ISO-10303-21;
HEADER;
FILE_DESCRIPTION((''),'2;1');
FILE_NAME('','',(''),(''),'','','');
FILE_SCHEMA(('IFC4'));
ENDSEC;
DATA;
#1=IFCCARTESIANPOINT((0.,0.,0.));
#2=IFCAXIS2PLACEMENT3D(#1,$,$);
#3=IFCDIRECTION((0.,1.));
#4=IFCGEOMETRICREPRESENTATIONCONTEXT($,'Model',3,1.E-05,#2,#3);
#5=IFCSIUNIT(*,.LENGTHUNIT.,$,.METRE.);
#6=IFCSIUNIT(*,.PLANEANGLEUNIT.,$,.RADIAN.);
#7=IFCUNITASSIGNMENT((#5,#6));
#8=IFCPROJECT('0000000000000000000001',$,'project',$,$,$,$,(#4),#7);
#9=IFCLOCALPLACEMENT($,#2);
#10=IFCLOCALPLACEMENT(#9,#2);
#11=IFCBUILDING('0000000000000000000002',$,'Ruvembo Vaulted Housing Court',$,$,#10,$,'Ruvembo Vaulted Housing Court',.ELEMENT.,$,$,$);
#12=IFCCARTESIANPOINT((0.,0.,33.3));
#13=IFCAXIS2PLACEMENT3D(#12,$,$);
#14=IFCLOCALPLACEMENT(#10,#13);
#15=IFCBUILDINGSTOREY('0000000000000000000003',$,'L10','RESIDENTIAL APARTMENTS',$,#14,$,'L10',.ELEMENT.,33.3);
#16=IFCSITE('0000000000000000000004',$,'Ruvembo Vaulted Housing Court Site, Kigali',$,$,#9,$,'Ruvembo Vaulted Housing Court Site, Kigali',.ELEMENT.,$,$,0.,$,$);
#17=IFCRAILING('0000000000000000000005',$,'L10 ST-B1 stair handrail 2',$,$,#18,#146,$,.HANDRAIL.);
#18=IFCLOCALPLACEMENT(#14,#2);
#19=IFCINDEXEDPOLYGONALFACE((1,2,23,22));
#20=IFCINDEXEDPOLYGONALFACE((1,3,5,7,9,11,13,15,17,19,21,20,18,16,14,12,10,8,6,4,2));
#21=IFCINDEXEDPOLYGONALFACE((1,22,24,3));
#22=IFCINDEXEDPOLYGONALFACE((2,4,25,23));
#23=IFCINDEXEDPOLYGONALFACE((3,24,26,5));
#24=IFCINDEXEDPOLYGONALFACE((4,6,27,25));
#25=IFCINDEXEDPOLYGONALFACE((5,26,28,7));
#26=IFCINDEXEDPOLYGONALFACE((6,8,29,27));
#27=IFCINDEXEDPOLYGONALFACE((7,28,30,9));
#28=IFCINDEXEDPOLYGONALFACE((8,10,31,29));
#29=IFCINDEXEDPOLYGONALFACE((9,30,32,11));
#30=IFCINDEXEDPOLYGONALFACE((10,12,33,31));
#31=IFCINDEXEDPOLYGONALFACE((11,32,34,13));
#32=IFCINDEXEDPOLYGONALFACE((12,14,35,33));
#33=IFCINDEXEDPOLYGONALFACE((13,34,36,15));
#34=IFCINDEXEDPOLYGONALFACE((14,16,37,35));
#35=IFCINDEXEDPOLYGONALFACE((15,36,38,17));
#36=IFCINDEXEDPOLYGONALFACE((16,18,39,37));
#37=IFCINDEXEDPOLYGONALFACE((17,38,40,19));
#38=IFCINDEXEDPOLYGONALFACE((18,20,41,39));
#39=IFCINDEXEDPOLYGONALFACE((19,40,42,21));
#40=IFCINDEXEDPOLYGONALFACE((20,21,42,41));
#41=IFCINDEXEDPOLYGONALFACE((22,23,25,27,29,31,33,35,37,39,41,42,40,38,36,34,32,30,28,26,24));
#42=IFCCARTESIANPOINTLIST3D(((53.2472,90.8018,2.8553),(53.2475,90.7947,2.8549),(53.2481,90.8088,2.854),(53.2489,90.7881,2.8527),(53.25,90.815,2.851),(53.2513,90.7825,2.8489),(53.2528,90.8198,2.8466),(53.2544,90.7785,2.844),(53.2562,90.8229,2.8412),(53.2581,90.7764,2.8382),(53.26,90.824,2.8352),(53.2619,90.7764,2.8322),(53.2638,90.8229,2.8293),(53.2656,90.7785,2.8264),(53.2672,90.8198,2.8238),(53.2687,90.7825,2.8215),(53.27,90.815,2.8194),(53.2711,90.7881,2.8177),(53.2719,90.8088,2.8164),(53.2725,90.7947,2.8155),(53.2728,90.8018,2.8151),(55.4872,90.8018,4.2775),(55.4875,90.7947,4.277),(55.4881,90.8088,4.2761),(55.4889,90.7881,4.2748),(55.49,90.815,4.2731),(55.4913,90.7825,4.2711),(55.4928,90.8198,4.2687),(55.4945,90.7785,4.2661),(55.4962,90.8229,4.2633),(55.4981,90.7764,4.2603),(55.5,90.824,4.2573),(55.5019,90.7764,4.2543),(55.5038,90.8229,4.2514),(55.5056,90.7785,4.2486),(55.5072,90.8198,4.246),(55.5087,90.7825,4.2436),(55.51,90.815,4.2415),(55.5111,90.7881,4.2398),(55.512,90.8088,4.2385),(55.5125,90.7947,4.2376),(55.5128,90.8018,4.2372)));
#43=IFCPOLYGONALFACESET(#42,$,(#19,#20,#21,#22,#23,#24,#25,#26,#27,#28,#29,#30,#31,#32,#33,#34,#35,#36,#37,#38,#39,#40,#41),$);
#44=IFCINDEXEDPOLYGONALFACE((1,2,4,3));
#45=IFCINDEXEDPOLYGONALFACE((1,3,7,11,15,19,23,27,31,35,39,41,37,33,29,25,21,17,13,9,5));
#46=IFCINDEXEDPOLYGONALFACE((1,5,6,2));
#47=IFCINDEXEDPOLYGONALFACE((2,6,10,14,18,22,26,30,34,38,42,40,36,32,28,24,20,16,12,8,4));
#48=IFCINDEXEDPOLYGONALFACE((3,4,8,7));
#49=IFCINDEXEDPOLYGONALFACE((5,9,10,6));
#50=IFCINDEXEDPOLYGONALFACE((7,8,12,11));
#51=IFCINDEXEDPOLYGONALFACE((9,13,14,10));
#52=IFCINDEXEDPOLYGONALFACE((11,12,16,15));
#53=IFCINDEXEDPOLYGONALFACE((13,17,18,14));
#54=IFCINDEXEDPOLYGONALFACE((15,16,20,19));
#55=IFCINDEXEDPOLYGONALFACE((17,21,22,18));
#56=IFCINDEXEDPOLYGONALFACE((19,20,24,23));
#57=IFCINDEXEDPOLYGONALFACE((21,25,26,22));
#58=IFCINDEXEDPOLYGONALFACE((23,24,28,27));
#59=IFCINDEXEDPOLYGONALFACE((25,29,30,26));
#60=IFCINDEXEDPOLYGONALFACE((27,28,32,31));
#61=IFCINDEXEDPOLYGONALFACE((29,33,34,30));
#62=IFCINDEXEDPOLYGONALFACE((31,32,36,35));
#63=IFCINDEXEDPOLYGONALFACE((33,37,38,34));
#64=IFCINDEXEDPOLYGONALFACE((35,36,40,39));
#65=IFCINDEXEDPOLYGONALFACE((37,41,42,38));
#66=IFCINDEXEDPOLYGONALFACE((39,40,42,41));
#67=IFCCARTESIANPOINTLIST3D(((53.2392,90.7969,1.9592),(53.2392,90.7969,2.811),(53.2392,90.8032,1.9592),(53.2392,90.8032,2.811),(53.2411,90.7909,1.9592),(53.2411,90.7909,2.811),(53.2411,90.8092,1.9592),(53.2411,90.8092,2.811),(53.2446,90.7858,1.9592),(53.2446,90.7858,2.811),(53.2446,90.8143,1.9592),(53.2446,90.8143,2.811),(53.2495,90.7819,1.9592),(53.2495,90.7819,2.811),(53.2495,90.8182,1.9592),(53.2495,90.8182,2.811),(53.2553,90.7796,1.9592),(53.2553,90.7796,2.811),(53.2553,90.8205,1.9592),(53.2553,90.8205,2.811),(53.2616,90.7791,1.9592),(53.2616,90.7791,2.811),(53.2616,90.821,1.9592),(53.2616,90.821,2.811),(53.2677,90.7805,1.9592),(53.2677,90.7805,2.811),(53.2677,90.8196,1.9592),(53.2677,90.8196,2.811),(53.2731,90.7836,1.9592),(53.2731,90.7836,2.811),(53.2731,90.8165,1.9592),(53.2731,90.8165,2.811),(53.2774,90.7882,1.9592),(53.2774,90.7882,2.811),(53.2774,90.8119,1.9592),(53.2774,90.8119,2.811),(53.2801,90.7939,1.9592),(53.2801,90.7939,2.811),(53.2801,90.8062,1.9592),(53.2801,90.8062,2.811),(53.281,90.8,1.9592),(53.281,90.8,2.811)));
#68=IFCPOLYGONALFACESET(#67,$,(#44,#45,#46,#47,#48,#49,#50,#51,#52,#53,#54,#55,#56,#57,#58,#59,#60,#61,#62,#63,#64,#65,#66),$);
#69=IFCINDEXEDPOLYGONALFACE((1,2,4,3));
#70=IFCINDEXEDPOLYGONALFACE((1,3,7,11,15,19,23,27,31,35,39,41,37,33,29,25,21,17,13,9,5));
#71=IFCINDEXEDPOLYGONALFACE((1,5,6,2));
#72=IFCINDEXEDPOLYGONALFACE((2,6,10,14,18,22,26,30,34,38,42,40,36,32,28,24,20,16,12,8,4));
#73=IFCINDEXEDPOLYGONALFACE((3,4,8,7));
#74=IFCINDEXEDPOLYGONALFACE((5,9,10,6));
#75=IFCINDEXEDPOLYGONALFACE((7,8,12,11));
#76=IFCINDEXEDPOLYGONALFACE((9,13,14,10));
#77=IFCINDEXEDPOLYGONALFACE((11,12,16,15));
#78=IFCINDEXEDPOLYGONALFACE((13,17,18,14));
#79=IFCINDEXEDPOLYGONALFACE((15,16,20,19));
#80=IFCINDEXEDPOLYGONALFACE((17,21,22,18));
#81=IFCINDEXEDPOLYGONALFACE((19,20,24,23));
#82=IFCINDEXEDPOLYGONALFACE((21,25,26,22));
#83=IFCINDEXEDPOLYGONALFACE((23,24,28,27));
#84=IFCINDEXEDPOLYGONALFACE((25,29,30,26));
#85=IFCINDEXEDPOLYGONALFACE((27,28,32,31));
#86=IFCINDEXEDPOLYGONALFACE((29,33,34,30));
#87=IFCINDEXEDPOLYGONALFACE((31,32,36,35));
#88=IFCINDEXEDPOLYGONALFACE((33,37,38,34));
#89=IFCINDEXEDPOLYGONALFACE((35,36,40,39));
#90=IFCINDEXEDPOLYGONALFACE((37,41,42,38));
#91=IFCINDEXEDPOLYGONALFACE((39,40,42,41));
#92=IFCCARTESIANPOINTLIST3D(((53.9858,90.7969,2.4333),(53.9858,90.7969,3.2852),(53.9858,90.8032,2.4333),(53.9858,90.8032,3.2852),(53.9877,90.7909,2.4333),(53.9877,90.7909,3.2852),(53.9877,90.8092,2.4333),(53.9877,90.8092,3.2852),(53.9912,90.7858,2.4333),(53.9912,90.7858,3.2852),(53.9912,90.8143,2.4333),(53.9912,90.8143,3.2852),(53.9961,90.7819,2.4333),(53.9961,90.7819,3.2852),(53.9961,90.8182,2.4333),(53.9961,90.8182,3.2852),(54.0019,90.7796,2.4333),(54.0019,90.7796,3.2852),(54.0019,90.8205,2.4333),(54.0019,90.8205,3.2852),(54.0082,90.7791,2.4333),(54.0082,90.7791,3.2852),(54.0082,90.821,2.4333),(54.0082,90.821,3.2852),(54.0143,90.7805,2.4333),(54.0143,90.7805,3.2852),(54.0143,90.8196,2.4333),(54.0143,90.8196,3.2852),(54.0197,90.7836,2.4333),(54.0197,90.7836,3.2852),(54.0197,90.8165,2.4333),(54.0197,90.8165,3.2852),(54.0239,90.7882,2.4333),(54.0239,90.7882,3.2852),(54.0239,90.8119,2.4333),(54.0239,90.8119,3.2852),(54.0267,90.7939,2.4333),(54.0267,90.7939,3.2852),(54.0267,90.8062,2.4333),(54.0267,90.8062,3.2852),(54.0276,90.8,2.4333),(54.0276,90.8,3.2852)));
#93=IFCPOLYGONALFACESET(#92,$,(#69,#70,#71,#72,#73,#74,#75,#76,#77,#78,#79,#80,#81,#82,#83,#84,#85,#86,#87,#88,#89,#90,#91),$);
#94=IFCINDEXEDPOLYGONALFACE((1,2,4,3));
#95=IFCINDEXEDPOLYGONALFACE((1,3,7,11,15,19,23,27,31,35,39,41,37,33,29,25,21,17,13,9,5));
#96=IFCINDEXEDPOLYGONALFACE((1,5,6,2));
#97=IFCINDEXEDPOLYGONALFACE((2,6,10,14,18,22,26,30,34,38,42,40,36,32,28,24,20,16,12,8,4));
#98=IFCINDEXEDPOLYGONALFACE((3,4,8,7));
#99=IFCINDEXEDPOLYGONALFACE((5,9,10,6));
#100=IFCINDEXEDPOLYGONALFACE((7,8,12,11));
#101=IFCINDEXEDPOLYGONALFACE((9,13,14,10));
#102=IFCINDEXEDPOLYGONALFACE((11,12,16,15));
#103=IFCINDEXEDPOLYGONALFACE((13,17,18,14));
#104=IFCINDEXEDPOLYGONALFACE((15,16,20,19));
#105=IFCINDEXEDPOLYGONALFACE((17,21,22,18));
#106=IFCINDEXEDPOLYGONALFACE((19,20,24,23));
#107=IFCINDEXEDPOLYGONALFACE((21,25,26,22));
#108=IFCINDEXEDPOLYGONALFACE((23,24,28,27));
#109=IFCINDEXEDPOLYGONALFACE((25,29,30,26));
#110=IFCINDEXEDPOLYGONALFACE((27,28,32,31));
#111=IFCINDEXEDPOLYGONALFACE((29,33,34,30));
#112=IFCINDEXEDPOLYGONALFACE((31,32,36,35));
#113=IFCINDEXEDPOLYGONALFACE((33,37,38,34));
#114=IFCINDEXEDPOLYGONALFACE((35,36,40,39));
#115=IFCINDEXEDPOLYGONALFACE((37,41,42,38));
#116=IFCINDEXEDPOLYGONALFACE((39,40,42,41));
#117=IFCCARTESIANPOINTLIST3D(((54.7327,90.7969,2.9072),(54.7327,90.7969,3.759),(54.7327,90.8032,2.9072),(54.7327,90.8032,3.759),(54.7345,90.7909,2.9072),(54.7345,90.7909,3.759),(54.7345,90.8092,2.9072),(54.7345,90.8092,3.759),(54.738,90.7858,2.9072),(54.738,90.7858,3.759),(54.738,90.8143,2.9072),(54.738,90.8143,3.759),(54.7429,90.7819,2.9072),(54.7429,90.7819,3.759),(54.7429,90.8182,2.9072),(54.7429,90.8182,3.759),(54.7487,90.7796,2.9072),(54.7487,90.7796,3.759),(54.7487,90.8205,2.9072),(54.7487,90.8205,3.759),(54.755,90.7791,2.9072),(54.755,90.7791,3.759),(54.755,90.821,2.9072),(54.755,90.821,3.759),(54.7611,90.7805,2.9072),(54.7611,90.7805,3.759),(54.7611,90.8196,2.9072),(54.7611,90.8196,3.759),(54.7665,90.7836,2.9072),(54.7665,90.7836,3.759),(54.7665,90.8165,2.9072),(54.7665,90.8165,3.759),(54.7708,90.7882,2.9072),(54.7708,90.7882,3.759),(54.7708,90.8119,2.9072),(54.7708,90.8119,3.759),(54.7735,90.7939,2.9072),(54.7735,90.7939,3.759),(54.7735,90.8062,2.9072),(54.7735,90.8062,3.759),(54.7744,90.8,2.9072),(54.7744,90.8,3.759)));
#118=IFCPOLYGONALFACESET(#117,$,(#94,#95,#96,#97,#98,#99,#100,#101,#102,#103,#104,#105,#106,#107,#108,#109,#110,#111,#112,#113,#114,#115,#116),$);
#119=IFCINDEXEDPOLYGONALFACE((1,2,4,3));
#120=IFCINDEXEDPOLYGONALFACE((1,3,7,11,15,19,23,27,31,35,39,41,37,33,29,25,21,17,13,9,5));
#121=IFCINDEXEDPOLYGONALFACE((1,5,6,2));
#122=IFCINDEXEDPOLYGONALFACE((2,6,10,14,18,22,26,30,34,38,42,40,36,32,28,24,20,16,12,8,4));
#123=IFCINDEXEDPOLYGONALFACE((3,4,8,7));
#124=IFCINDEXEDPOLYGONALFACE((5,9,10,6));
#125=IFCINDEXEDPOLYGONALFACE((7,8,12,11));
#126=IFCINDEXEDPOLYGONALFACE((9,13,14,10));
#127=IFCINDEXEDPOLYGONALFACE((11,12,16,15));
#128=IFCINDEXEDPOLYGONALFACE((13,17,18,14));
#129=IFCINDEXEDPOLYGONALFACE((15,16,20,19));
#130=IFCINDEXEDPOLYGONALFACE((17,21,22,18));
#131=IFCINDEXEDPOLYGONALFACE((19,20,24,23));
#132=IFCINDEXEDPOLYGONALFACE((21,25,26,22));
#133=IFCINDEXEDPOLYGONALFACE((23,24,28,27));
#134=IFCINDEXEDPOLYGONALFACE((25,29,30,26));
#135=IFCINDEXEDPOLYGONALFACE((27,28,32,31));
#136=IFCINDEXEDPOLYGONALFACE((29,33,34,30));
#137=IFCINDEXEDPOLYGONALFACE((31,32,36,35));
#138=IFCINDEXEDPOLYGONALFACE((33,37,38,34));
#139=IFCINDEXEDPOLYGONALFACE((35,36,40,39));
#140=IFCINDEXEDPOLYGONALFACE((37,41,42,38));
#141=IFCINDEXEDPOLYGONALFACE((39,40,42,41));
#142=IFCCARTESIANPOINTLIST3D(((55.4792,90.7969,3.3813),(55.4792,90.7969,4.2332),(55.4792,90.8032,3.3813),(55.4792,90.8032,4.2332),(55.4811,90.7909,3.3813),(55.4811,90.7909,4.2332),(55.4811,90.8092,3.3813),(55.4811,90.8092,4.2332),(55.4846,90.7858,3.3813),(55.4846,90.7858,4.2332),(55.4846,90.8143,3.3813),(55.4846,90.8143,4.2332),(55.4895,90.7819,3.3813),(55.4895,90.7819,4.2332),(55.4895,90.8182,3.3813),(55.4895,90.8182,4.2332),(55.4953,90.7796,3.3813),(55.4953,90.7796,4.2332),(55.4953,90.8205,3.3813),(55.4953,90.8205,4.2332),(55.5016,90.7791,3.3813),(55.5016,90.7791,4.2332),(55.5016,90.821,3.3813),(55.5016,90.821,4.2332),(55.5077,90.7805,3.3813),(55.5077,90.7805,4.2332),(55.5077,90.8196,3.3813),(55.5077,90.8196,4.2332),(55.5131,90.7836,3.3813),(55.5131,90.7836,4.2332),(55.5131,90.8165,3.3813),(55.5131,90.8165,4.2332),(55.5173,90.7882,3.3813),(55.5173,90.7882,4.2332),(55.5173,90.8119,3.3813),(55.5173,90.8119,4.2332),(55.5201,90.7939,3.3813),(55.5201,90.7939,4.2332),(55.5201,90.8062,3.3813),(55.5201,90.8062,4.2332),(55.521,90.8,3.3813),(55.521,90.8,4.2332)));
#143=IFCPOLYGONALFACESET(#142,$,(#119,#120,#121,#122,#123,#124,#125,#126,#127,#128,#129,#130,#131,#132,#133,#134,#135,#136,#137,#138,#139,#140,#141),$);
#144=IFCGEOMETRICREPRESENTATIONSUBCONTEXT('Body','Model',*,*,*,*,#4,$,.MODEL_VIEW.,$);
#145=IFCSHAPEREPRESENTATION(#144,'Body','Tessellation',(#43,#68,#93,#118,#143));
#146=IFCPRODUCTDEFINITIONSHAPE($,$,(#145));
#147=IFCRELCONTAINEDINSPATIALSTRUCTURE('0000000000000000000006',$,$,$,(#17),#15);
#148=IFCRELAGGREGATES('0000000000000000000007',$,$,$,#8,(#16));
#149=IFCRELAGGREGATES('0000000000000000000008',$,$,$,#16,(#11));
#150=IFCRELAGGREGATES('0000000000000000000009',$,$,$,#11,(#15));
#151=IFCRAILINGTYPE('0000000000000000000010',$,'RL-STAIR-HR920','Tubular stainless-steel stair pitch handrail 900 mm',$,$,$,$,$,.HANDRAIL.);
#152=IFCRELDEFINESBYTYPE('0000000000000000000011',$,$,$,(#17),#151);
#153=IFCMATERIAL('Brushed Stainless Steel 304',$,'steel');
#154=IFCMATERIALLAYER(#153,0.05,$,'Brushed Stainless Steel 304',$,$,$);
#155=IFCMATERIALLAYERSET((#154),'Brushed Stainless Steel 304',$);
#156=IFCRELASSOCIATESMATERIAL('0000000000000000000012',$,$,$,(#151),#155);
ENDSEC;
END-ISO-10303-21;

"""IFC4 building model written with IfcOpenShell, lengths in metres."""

from ifc_helpers import new_model, si_unit, direction, frame, origin, origin_2d, place, context, subcontext, project, spatial, circle, extrude, material, layer, layer_set, type_object, element, save


model = new_model("IFC4")

# Units and contexts
model_context = context("Model", 3, precision=1e-05, world=origin(), true_north=direction((0.0, 1.0)))
body_context = subcontext(model_context, "Body", "Model", "MODEL_VIEW")
ifc_project = project(units=[si_unit("LENGTHUNIT", "METRE"), si_unit("PLANEANGLEUNIT", "RADIAN")], contexts=[model_context])

# Site, building, storey
site_placement = place(None, origin())
site = spatial("IfcSite", under=ifc_project, at=site_placement, Name="Ruvembo Vaulted Housing Court Site, Kigali", LongName="Ruvembo Vaulted Housing Court Site, Kigali", CompositionType="ELEMENT", RefElevation=0.0)
building_placement = place(site_placement, origin())
building = spatial("IfcBuilding", under=site, at=building_placement, Name="Ruvembo Vaulted Housing Court", LongName="Ruvembo Vaulted Housing Court", CompositionType="ELEMENT")
storey_placement = place(building_placement, frame((0.0, 0.0, 33.3)))
storey = spatial("IfcBuildingStorey", under=building, at=storey_placement, Name="L10", Description="RESIDENTIAL APARTMENTS", LongName="L10", CompositionType="ELEMENT", Elevation=33.3)

# Railing
ifc_material_1 = material(Name="Brushed Stainless Steel 304", Category="steel")
ifc_layer_1 = layer(ifc_material_1, 0.05, Name="Brushed Stainless Steel 304")
ifc_layer_set_1 = layer_set([ifc_layer_1], Name="Brushed Stainless Steel 304")
railing_type_1 = type_object("IfcRailingType", Name="RL-STAIR-HR920", Description="Tubular stainless-steel stair pitch handrail 900 mm", PredefinedType="HANDRAIL", material=ifc_layer_set_1)
railing_1_placement = place(storey_placement, frame((53.26, 90.8, 1.9592)))
element("IfcRailing", 1, at=railing_1_placement, inside=storey, type_object=railing_type_1, Name="L10 ST-B1 stair handrail 2", PredefinedType="HANDRAIL", context=body_context, shape_type="SweptSolid", body=[
    extrude(circle(Radius=0.0239, at=origin_2d()), frame((0.0, 0.0, 0.876), z_axis=(0.844229, 0.0, 0.535982), x_axis=(0.0, 1.0, 0.0)), (0.0, 0.0, 1.0), 2.6533),
    extrude(circle(Radius=0.021, at=origin_2d()), origin(), (0.0, 0.0, 1.0), 0.8518),
    extrude(circle(Radius=0.021, at=origin_2d()), frame((0.7466, 0.0, 0.4741)), (0.0, 0.0, 1.0), 0.8518),
    extrude(circle(Radius=0.021, at=origin_2d()), frame((1.4934, 0.0, 0.948)), (0.0, 0.0, 1.0), 0.8518),
    extrude(circle(Radius=0.021, at=origin_2d()), frame((2.24, 0.0, 1.4221)), (0.0, 0.0, 1.0), 0.8518),
])

save(model, "model.ifc")
